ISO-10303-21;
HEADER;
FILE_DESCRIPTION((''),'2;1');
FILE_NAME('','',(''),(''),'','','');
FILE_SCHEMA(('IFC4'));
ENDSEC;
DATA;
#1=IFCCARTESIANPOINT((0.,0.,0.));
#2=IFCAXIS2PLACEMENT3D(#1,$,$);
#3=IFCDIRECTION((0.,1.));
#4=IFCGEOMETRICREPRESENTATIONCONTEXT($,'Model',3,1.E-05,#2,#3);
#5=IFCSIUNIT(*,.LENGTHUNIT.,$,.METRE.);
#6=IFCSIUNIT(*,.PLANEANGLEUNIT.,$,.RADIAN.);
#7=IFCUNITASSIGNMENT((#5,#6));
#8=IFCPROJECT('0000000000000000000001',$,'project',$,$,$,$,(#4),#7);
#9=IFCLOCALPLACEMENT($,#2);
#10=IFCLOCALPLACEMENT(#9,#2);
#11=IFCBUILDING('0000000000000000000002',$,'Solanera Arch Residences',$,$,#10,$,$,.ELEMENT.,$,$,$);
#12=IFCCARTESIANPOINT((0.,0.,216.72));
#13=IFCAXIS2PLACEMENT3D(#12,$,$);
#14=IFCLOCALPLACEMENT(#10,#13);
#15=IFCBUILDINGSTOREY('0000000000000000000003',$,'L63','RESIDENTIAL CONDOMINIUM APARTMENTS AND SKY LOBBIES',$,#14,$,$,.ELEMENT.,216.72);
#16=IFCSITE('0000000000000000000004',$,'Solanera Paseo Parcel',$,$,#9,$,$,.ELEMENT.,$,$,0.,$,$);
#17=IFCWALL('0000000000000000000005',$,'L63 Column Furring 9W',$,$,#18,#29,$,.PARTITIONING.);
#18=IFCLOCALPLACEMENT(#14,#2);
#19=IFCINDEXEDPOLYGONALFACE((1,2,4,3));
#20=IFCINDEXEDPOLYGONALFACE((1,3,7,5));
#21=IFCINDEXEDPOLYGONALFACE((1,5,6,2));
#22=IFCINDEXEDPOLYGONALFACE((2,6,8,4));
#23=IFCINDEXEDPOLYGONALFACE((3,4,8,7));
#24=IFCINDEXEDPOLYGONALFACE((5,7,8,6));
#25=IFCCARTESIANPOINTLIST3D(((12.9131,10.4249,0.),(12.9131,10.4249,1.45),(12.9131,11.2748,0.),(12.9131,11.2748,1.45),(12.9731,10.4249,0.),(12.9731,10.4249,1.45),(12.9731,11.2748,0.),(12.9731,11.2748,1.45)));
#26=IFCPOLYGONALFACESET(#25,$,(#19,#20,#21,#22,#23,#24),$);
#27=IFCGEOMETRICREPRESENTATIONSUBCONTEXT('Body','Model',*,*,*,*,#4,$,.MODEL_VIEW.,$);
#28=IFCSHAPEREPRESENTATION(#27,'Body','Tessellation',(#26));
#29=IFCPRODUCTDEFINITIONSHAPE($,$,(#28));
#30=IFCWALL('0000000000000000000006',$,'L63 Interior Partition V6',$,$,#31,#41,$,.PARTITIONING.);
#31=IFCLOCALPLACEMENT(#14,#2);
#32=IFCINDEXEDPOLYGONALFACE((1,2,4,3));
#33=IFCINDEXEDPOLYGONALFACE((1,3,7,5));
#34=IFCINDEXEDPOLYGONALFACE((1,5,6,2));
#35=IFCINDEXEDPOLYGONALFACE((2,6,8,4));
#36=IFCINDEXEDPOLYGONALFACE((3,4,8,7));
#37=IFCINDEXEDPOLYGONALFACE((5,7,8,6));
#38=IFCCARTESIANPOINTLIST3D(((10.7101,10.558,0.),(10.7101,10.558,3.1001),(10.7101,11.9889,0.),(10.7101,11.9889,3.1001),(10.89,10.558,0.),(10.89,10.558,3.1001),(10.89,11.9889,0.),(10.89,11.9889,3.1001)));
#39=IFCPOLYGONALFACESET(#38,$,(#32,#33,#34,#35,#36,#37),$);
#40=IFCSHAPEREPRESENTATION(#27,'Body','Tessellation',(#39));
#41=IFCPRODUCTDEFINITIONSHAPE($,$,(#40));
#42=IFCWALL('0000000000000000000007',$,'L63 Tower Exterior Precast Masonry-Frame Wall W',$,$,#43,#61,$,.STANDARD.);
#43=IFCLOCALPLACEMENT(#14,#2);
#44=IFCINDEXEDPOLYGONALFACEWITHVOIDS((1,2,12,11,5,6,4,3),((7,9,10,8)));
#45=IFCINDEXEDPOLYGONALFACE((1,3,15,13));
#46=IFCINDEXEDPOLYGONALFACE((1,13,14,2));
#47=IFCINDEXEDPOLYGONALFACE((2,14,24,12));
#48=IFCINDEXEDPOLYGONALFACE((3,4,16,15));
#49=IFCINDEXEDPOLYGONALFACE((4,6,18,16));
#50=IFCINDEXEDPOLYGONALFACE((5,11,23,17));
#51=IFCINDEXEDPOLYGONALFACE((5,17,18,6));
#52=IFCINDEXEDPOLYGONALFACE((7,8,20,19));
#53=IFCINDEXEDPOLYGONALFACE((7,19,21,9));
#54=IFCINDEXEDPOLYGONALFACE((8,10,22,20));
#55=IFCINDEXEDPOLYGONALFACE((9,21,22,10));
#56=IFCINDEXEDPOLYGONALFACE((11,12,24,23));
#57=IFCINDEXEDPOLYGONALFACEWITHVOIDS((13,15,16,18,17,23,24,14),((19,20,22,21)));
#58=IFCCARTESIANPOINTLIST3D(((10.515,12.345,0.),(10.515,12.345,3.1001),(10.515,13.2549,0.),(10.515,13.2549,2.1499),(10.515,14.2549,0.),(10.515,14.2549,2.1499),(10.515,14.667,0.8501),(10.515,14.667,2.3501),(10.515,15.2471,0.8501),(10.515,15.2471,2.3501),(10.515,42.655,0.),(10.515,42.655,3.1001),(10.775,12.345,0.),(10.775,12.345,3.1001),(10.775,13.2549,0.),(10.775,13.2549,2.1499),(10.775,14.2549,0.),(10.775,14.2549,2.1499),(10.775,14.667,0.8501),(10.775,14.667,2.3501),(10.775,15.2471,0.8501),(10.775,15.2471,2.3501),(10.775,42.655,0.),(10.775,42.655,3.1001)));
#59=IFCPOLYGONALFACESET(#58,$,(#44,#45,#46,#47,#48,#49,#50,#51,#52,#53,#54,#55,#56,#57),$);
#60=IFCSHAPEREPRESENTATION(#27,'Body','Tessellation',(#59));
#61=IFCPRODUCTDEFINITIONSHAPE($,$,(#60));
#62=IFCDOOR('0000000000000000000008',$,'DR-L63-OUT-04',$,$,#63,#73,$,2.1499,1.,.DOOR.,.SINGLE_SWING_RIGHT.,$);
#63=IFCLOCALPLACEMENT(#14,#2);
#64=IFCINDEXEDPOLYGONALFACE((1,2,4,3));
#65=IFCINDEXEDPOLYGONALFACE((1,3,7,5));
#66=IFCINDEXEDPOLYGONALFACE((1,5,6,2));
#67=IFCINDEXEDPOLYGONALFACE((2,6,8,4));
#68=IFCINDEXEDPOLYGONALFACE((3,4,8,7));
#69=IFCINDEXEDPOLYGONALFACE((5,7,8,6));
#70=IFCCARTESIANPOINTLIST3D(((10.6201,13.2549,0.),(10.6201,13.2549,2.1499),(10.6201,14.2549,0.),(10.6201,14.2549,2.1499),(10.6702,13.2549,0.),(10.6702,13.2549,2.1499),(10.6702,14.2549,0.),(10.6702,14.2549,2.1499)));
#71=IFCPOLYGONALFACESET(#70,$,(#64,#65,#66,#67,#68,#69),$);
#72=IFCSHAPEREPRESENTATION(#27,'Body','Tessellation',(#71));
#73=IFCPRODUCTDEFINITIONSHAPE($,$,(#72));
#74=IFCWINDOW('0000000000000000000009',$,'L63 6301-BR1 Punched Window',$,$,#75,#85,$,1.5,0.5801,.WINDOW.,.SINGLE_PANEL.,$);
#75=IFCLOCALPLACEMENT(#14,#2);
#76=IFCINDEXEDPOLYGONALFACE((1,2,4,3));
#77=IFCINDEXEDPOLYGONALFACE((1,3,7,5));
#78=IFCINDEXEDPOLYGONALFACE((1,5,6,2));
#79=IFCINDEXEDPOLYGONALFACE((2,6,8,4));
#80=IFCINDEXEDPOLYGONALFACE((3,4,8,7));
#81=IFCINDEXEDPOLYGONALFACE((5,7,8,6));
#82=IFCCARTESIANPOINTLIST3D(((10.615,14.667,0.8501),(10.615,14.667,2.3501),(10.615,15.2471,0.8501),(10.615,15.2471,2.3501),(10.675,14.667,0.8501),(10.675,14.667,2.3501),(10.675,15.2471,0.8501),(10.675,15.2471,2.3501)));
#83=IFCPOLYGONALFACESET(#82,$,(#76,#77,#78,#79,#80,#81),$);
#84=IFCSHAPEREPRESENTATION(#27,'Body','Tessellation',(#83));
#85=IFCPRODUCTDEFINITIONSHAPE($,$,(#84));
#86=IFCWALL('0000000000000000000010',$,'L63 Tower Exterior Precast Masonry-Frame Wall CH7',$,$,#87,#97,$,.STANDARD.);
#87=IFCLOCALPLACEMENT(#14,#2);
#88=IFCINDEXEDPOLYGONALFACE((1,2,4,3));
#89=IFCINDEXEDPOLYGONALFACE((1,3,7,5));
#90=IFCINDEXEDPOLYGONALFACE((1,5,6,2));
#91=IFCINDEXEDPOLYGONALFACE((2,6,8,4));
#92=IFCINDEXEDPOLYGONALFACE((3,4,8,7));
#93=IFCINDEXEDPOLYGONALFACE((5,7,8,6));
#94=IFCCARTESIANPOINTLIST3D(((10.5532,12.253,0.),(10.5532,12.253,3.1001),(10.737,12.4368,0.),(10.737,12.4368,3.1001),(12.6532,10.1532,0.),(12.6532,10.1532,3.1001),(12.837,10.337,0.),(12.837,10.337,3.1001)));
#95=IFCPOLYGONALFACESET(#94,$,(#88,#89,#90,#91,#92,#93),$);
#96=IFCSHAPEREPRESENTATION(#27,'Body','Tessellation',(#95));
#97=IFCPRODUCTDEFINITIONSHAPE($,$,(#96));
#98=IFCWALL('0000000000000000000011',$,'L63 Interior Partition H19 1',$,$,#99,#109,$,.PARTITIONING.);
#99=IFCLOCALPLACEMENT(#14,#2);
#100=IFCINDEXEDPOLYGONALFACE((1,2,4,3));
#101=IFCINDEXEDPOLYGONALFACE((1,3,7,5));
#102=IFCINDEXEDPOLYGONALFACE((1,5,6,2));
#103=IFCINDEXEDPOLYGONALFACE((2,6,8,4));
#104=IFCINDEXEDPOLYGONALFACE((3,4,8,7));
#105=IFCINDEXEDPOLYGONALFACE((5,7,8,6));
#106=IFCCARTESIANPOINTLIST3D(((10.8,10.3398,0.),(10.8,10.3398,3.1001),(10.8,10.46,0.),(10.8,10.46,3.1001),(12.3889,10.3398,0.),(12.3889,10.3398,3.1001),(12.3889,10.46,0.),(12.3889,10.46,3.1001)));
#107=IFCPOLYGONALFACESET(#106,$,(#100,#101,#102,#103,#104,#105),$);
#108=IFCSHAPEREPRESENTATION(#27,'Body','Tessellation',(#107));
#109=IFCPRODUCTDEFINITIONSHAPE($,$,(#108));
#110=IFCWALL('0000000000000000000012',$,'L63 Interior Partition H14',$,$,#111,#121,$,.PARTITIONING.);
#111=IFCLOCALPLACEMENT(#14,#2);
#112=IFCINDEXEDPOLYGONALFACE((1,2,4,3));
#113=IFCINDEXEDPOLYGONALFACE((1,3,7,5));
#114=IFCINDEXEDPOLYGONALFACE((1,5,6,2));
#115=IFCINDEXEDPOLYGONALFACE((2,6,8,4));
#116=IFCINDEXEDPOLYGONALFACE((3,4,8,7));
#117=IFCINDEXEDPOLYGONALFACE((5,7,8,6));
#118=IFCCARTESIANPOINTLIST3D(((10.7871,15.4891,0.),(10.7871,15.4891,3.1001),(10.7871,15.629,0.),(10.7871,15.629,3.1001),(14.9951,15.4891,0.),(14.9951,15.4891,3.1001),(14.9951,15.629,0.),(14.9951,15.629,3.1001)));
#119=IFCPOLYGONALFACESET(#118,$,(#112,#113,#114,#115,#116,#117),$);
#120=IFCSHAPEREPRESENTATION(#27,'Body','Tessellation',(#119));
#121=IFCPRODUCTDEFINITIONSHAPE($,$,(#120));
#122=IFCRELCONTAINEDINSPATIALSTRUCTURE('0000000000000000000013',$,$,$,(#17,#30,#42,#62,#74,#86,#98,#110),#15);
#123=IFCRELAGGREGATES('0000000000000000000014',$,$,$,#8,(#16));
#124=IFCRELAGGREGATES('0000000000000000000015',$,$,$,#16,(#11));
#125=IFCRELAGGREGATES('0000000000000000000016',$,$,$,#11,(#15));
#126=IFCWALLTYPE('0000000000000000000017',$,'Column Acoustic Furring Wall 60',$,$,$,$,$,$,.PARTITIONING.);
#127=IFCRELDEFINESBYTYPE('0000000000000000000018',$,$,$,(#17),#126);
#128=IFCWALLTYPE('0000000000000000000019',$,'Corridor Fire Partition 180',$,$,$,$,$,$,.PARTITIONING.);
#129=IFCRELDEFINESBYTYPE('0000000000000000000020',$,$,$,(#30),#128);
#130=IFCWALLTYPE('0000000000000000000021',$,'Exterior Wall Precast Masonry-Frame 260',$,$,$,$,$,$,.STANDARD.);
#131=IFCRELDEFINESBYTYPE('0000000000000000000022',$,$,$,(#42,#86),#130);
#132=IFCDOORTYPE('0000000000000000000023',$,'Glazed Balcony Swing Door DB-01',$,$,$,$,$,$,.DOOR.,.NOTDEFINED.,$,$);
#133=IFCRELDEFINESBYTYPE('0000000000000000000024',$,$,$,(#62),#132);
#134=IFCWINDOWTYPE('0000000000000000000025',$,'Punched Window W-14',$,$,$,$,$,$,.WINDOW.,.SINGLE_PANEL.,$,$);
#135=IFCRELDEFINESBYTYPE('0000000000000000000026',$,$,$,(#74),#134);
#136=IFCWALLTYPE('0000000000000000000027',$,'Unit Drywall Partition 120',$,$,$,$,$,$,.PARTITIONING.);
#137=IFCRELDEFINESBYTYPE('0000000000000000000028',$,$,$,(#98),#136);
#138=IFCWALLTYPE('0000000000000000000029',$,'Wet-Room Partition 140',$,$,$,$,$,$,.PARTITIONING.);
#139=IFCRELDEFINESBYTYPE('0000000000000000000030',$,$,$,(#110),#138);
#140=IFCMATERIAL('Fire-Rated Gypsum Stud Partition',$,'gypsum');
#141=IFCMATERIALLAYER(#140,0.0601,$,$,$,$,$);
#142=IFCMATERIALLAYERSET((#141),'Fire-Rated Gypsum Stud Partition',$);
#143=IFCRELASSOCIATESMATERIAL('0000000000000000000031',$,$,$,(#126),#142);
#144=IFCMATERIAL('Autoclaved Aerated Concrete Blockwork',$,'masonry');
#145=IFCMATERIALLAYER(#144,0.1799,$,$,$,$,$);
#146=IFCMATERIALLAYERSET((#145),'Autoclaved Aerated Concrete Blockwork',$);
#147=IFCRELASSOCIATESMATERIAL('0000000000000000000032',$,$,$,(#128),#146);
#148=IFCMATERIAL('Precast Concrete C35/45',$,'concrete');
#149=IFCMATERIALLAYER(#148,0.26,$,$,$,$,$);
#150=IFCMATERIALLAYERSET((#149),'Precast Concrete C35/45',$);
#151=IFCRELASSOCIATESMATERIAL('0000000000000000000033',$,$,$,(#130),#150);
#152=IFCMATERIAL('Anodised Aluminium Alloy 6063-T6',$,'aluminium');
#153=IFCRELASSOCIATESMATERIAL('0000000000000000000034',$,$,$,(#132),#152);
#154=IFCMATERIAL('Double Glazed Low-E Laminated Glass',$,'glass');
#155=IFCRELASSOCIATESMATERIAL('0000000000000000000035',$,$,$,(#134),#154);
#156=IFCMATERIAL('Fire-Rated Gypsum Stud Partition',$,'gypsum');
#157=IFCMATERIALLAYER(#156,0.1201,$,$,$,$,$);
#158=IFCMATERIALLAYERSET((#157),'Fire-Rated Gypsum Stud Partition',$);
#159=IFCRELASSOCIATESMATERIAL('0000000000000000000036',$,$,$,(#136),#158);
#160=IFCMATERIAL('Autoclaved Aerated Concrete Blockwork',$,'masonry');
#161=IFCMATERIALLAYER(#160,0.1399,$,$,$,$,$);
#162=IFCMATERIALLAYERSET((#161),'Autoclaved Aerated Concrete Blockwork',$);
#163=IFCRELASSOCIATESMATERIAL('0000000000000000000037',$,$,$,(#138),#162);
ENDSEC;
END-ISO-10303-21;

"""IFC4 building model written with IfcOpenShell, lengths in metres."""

from ifc_helpers import new_model, si_unit, direction, frame, frame_2d, origin, place, context, subcontext, project, spatial, rectangle, extrude, material, layer, layer_set, type_object, element, fill, save


model = new_model("IFC4")

# Units and contexts
model_context = context("Model", 3, precision=1e-05, world=origin(), true_north=direction((0.0, 1.0)))
body_context = subcontext(model_context, "Body", "Model", "MODEL_VIEW")
ifc_project = project(units=[si_unit("LENGTHUNIT", "METRE"), si_unit("PLANEANGLEUNIT", "RADIAN")], contexts=[model_context])

# Site, building, storey
site_placement = place(None, origin())
site = spatial("IfcSite", under=ifc_project, at=site_placement, Name="Solanera Paseo Parcel", CompositionType="ELEMENT", RefElevation=0.0)
building_placement = place(site_placement, origin())
building = spatial("IfcBuilding", under=site, at=building_placement, Name="Solanera Arch Residences", CompositionType="ELEMENT")
storey_placement = place(building_placement, frame((0.0, 0.0, 216.72)))
storey = spatial("IfcBuildingStorey", under=building, at=storey_placement, Name="L63", Description="RESIDENTIAL CONDOMINIUM APARTMENTS AND SKY LOBBIES", CompositionType="ELEMENT", Elevation=216.72)

# Walls
ifc_material_1 = material(Name="Fire-Rated Gypsum Stud Partition", Category="gypsum")
ifc_layer_1 = layer(ifc_material_1, 0.0601)
ifc_layer_set_1 = layer_set([ifc_layer_1], Name="Fire-Rated Gypsum Stud Partition")
wall_type_1 = type_object("IfcWallType", Name="Column Acoustic Furring Wall 60", PredefinedType="PARTITIONING", material=ifc_layer_set_1)
wall_1_placement = place(storey_placement, frame((12.9431, 10.425, 0.0), z_axis=(0.0, 0.0, 1.0), x_axis=(0.0, 1.0, 0.0)))
element("IfcWall", 1, at=wall_1_placement, inside=storey, type_object=wall_type_1, Name="L63 Column Furring 9W", PredefinedType="PARTITIONING", context=body_context, shape_type="SweptSolid", body=[
    extrude(rectangle(XDim=0.8499, YDim=0.0601, at=frame_2d((0.4248, 0.0))), origin(), (0.0, 0.0, 1.0), 1.45),
])
ifc_material_2 = material(Name="Autoclaved Aerated Concrete Blockwork", Category="masonry")
ifc_layer_2 = layer(ifc_material_2, 0.1799)
ifc_layer_set_2 = layer_set([ifc_layer_2], Name="Autoclaved Aerated Concrete Blockwork")
wall_type_2 = type_object("IfcWallType", Name="Corridor Fire Partition 180", PredefinedType="PARTITIONING", material=ifc_layer_set_2)
wall_2_placement = place(storey_placement, frame((10.8, 10.5581, 0.0), z_axis=(0.0, 0.0, 1.0), x_axis=(0.0, 1.0, 0.0)))
element("IfcWall", 2, at=wall_2_placement, inside=storey, type_object=wall_type_2, Name="L63 Interior Partition V6", PredefinedType="PARTITIONING", context=body_context, shape_type="SweptSolid", body=[
    extrude(rectangle(XDim=1.4309, YDim=0.1799, at=frame_2d((0.7153, 0.0))), origin(), (0.0, 0.0, 1.0), 3.1001),
])

# Wall, openings, door, window
ifc_material_3 = material(Name="Precast Concrete C35/45", Category="concrete")
ifc_layer_3 = layer(ifc_material_3, 0.26)
ifc_layer_set_3 = layer_set([ifc_layer_3], Name="Precast Concrete C35/45")
wall_type_3 = type_object("IfcWallType", Name="Exterior Wall Precast Masonry-Frame 260", PredefinedType="STANDARD", material=ifc_layer_set_3)
wall_3_placement = place(storey_placement, frame((10.645, 12.345, 0.0), z_axis=(0.0, 0.0, 1.0), x_axis=(0.0, 1.0, 0.0)))
wall_3 = element("IfcWall", 3, at=wall_3_placement, inside=storey, type_object=wall_type_3, Name="L63 Tower Exterior Precast Masonry-Frame Wall W", PredefinedType="STANDARD", context=body_context, shape_type="SweptSolid", body=[
    extrude(rectangle(XDim=30.3101, YDim=0.26, at=frame_2d((15.155, 0.0))), origin(), (0.0, 0.0, 1.0), 3.1001),
])
opening_1_placement = place(wall_3_placement, frame((0.9099, 0.0, 0.0)))
opening_1 = element("IfcOpeningElement", 4, at=opening_1_placement, cuts=wall_3, PredefinedType="OPENING", context=body_context, shape_type="SweptSolid", body=[
    extrude(rectangle(XDim=1.0, YDim=2.1499, at=frame_2d((0.5, 1.075))), frame((0.0, 0.1399, 0.0), z_axis=(0.0, -1.0, 0.0), x_axis=(1.0, 0.0, 0.0)), (0.0, 0.0, 1.0), 0.28),
])
opening_2_placement = place(wall_3_placement, frame((2.322, 0.0, 0.8501)))
opening_2 = element("IfcOpeningElement", 5, at=opening_2_placement, cuts=wall_3, PredefinedType="OPENING", context=body_context, shape_type="SweptSolid", body=[
    extrude(rectangle(XDim=0.5801, YDim=1.5, at=frame_2d((0.29, 0.75))), frame((0.0, 0.1399, 0.0), z_axis=(0.0, -1.0, 0.0), x_axis=(1.0, 0.0, 0.0)), (0.0, 0.0, 1.0), 0.28),
])
ifc_material_4 = material(Name="Anodised Aluminium Alloy 6063-T6", Category="aluminium")
door_type = type_object("IfcDoorType", Name="Glazed Balcony Swing Door DB-01", OperationType="NOTDEFINED", PredefinedType="DOOR", material=ifc_material_4)
door_placement = place(opening_1_placement, origin())
door = element("IfcDoor", 6, at=door_placement, inside=storey, type_object=door_type, Name="DR-L63-OUT-04", OperationType="SINGLE_SWING_RIGHT", OverallHeight=2.1499, OverallWidth=1.0, PredefinedType="DOOR", context=body_context, shape_type="SweptSolid", body=[
    extrude(rectangle(XDim=1.0, YDim=2.1499, at=frame_2d((0.5, 1.075))), frame((0.0, 0.0249, 0.0), z_axis=(0.0, -1.0, 0.0), x_axis=(1.0, 0.0, 0.0)), (0.0, 0.0, 1.0), 0.05),
])
fill(opening_1, door)
ifc_material_5 = material(Name="Double Glazed Low-E Laminated Glass", Category="glass")
window_type = type_object("IfcWindowType", Name="Punched Window W-14", PartitioningType="SINGLE_PANEL", PredefinedType="WINDOW", material=ifc_material_5)
window_placement = place(opening_2_placement, origin())
window = element("IfcWindow", 7, at=window_placement, inside=storey, type_object=window_type, Name="L63 6301-BR1 Punched Window", OverallHeight=1.5, OverallWidth=0.5801, PartitioningType="SINGLE_PANEL", PredefinedType="WINDOW", context=body_context, shape_type="SweptSolid", body=[
    extrude(rectangle(XDim=0.5801, YDim=1.5, at=frame_2d((0.29, 0.75))), frame((0.0, 0.03, 0.0), z_axis=(0.0, -1.0, 0.0), x_axis=(1.0, 0.0, 0.0)), (0.0, 0.0, 1.0), 0.0601),
])
fill(opening_2, window)

# Walls
wall_4_placement = place(storey_placement, frame((12.7451, 10.2451, 0.0), z_axis=(0.0, 0.0, 1.0), x_axis=(-0.707148, 0.707066, 0.0)))
element("IfcWall", 8, at=wall_4_placement, inside=storey, type_object=wall_type_3, Name="L63 Tower Exterior Precast Masonry-Frame Wall CH7", PredefinedType="STANDARD", context=body_context, shape_type="SweptSolid", body=[
    extrude(rectangle(XDim=2.9697, YDim=0.26, at=frame_2d((1.4849, 0.0))), origin(), (0.0, 0.0, 1.0), 3.1001),
])
ifc_material_6 = material(Name="Fire-Rated Gypsum Stud Partition", Category="gypsum")
ifc_layer_4 = layer(ifc_material_6, 0.1201)
ifc_layer_set_4 = layer_set([ifc_layer_4], Name="Fire-Rated Gypsum Stud Partition")
wall_type_4 = type_object("IfcWallType", Name="Unit Drywall Partition 120", PredefinedType="PARTITIONING", material=ifc_layer_set_4)
wall_5_placement = place(storey_placement, frame((10.8, 10.3999, 0.0), z_axis=(0.0, 0.0, 1.0), x_axis=(1.0, 0.0, 0.0)))
element("IfcWall", 9, at=wall_5_placement, inside=storey, type_object=wall_type_4, Name="L63 Interior Partition H19 1", PredefinedType="PARTITIONING", context=body_context, shape_type="SweptSolid", body=[
    extrude(rectangle(XDim=1.5889, YDim=0.1201, at=frame_2d((0.7944, 0.0))), origin(), (0.0, 0.0, 1.0), 3.1001),
])
ifc_material_7 = material(Name="Autoclaved Aerated Concrete Blockwork", Category="masonry")
ifc_layer_5 = layer(ifc_material_7, 0.1399)
ifc_layer_set_5 = layer_set([ifc_layer_5], Name="Autoclaved Aerated Concrete Blockwork")
wall_type_5 = type_object("IfcWallType", Name="Wet-Room Partition 140", PredefinedType="PARTITIONING", material=ifc_layer_set_5)
wall_6_placement = place(storey_placement, frame((10.7871, 15.5591, 0.0), z_axis=(0.0, 0.0, 1.0), x_axis=(1.0, 0.0, 0.0)))
element("IfcWall", 10, at=wall_6_placement, inside=storey, type_object=wall_type_5, Name="L63 Interior Partition H14", PredefinedType="PARTITIONING", context=body_context, shape_type="SweptSolid", body=[
    extrude(rectangle(XDim=4.208, YDim=0.1399, at=frame_2d((2.104, 0.0))), origin(), (0.0, 0.0, 1.0), 3.1001),
])

save(model, "model.ifc")
